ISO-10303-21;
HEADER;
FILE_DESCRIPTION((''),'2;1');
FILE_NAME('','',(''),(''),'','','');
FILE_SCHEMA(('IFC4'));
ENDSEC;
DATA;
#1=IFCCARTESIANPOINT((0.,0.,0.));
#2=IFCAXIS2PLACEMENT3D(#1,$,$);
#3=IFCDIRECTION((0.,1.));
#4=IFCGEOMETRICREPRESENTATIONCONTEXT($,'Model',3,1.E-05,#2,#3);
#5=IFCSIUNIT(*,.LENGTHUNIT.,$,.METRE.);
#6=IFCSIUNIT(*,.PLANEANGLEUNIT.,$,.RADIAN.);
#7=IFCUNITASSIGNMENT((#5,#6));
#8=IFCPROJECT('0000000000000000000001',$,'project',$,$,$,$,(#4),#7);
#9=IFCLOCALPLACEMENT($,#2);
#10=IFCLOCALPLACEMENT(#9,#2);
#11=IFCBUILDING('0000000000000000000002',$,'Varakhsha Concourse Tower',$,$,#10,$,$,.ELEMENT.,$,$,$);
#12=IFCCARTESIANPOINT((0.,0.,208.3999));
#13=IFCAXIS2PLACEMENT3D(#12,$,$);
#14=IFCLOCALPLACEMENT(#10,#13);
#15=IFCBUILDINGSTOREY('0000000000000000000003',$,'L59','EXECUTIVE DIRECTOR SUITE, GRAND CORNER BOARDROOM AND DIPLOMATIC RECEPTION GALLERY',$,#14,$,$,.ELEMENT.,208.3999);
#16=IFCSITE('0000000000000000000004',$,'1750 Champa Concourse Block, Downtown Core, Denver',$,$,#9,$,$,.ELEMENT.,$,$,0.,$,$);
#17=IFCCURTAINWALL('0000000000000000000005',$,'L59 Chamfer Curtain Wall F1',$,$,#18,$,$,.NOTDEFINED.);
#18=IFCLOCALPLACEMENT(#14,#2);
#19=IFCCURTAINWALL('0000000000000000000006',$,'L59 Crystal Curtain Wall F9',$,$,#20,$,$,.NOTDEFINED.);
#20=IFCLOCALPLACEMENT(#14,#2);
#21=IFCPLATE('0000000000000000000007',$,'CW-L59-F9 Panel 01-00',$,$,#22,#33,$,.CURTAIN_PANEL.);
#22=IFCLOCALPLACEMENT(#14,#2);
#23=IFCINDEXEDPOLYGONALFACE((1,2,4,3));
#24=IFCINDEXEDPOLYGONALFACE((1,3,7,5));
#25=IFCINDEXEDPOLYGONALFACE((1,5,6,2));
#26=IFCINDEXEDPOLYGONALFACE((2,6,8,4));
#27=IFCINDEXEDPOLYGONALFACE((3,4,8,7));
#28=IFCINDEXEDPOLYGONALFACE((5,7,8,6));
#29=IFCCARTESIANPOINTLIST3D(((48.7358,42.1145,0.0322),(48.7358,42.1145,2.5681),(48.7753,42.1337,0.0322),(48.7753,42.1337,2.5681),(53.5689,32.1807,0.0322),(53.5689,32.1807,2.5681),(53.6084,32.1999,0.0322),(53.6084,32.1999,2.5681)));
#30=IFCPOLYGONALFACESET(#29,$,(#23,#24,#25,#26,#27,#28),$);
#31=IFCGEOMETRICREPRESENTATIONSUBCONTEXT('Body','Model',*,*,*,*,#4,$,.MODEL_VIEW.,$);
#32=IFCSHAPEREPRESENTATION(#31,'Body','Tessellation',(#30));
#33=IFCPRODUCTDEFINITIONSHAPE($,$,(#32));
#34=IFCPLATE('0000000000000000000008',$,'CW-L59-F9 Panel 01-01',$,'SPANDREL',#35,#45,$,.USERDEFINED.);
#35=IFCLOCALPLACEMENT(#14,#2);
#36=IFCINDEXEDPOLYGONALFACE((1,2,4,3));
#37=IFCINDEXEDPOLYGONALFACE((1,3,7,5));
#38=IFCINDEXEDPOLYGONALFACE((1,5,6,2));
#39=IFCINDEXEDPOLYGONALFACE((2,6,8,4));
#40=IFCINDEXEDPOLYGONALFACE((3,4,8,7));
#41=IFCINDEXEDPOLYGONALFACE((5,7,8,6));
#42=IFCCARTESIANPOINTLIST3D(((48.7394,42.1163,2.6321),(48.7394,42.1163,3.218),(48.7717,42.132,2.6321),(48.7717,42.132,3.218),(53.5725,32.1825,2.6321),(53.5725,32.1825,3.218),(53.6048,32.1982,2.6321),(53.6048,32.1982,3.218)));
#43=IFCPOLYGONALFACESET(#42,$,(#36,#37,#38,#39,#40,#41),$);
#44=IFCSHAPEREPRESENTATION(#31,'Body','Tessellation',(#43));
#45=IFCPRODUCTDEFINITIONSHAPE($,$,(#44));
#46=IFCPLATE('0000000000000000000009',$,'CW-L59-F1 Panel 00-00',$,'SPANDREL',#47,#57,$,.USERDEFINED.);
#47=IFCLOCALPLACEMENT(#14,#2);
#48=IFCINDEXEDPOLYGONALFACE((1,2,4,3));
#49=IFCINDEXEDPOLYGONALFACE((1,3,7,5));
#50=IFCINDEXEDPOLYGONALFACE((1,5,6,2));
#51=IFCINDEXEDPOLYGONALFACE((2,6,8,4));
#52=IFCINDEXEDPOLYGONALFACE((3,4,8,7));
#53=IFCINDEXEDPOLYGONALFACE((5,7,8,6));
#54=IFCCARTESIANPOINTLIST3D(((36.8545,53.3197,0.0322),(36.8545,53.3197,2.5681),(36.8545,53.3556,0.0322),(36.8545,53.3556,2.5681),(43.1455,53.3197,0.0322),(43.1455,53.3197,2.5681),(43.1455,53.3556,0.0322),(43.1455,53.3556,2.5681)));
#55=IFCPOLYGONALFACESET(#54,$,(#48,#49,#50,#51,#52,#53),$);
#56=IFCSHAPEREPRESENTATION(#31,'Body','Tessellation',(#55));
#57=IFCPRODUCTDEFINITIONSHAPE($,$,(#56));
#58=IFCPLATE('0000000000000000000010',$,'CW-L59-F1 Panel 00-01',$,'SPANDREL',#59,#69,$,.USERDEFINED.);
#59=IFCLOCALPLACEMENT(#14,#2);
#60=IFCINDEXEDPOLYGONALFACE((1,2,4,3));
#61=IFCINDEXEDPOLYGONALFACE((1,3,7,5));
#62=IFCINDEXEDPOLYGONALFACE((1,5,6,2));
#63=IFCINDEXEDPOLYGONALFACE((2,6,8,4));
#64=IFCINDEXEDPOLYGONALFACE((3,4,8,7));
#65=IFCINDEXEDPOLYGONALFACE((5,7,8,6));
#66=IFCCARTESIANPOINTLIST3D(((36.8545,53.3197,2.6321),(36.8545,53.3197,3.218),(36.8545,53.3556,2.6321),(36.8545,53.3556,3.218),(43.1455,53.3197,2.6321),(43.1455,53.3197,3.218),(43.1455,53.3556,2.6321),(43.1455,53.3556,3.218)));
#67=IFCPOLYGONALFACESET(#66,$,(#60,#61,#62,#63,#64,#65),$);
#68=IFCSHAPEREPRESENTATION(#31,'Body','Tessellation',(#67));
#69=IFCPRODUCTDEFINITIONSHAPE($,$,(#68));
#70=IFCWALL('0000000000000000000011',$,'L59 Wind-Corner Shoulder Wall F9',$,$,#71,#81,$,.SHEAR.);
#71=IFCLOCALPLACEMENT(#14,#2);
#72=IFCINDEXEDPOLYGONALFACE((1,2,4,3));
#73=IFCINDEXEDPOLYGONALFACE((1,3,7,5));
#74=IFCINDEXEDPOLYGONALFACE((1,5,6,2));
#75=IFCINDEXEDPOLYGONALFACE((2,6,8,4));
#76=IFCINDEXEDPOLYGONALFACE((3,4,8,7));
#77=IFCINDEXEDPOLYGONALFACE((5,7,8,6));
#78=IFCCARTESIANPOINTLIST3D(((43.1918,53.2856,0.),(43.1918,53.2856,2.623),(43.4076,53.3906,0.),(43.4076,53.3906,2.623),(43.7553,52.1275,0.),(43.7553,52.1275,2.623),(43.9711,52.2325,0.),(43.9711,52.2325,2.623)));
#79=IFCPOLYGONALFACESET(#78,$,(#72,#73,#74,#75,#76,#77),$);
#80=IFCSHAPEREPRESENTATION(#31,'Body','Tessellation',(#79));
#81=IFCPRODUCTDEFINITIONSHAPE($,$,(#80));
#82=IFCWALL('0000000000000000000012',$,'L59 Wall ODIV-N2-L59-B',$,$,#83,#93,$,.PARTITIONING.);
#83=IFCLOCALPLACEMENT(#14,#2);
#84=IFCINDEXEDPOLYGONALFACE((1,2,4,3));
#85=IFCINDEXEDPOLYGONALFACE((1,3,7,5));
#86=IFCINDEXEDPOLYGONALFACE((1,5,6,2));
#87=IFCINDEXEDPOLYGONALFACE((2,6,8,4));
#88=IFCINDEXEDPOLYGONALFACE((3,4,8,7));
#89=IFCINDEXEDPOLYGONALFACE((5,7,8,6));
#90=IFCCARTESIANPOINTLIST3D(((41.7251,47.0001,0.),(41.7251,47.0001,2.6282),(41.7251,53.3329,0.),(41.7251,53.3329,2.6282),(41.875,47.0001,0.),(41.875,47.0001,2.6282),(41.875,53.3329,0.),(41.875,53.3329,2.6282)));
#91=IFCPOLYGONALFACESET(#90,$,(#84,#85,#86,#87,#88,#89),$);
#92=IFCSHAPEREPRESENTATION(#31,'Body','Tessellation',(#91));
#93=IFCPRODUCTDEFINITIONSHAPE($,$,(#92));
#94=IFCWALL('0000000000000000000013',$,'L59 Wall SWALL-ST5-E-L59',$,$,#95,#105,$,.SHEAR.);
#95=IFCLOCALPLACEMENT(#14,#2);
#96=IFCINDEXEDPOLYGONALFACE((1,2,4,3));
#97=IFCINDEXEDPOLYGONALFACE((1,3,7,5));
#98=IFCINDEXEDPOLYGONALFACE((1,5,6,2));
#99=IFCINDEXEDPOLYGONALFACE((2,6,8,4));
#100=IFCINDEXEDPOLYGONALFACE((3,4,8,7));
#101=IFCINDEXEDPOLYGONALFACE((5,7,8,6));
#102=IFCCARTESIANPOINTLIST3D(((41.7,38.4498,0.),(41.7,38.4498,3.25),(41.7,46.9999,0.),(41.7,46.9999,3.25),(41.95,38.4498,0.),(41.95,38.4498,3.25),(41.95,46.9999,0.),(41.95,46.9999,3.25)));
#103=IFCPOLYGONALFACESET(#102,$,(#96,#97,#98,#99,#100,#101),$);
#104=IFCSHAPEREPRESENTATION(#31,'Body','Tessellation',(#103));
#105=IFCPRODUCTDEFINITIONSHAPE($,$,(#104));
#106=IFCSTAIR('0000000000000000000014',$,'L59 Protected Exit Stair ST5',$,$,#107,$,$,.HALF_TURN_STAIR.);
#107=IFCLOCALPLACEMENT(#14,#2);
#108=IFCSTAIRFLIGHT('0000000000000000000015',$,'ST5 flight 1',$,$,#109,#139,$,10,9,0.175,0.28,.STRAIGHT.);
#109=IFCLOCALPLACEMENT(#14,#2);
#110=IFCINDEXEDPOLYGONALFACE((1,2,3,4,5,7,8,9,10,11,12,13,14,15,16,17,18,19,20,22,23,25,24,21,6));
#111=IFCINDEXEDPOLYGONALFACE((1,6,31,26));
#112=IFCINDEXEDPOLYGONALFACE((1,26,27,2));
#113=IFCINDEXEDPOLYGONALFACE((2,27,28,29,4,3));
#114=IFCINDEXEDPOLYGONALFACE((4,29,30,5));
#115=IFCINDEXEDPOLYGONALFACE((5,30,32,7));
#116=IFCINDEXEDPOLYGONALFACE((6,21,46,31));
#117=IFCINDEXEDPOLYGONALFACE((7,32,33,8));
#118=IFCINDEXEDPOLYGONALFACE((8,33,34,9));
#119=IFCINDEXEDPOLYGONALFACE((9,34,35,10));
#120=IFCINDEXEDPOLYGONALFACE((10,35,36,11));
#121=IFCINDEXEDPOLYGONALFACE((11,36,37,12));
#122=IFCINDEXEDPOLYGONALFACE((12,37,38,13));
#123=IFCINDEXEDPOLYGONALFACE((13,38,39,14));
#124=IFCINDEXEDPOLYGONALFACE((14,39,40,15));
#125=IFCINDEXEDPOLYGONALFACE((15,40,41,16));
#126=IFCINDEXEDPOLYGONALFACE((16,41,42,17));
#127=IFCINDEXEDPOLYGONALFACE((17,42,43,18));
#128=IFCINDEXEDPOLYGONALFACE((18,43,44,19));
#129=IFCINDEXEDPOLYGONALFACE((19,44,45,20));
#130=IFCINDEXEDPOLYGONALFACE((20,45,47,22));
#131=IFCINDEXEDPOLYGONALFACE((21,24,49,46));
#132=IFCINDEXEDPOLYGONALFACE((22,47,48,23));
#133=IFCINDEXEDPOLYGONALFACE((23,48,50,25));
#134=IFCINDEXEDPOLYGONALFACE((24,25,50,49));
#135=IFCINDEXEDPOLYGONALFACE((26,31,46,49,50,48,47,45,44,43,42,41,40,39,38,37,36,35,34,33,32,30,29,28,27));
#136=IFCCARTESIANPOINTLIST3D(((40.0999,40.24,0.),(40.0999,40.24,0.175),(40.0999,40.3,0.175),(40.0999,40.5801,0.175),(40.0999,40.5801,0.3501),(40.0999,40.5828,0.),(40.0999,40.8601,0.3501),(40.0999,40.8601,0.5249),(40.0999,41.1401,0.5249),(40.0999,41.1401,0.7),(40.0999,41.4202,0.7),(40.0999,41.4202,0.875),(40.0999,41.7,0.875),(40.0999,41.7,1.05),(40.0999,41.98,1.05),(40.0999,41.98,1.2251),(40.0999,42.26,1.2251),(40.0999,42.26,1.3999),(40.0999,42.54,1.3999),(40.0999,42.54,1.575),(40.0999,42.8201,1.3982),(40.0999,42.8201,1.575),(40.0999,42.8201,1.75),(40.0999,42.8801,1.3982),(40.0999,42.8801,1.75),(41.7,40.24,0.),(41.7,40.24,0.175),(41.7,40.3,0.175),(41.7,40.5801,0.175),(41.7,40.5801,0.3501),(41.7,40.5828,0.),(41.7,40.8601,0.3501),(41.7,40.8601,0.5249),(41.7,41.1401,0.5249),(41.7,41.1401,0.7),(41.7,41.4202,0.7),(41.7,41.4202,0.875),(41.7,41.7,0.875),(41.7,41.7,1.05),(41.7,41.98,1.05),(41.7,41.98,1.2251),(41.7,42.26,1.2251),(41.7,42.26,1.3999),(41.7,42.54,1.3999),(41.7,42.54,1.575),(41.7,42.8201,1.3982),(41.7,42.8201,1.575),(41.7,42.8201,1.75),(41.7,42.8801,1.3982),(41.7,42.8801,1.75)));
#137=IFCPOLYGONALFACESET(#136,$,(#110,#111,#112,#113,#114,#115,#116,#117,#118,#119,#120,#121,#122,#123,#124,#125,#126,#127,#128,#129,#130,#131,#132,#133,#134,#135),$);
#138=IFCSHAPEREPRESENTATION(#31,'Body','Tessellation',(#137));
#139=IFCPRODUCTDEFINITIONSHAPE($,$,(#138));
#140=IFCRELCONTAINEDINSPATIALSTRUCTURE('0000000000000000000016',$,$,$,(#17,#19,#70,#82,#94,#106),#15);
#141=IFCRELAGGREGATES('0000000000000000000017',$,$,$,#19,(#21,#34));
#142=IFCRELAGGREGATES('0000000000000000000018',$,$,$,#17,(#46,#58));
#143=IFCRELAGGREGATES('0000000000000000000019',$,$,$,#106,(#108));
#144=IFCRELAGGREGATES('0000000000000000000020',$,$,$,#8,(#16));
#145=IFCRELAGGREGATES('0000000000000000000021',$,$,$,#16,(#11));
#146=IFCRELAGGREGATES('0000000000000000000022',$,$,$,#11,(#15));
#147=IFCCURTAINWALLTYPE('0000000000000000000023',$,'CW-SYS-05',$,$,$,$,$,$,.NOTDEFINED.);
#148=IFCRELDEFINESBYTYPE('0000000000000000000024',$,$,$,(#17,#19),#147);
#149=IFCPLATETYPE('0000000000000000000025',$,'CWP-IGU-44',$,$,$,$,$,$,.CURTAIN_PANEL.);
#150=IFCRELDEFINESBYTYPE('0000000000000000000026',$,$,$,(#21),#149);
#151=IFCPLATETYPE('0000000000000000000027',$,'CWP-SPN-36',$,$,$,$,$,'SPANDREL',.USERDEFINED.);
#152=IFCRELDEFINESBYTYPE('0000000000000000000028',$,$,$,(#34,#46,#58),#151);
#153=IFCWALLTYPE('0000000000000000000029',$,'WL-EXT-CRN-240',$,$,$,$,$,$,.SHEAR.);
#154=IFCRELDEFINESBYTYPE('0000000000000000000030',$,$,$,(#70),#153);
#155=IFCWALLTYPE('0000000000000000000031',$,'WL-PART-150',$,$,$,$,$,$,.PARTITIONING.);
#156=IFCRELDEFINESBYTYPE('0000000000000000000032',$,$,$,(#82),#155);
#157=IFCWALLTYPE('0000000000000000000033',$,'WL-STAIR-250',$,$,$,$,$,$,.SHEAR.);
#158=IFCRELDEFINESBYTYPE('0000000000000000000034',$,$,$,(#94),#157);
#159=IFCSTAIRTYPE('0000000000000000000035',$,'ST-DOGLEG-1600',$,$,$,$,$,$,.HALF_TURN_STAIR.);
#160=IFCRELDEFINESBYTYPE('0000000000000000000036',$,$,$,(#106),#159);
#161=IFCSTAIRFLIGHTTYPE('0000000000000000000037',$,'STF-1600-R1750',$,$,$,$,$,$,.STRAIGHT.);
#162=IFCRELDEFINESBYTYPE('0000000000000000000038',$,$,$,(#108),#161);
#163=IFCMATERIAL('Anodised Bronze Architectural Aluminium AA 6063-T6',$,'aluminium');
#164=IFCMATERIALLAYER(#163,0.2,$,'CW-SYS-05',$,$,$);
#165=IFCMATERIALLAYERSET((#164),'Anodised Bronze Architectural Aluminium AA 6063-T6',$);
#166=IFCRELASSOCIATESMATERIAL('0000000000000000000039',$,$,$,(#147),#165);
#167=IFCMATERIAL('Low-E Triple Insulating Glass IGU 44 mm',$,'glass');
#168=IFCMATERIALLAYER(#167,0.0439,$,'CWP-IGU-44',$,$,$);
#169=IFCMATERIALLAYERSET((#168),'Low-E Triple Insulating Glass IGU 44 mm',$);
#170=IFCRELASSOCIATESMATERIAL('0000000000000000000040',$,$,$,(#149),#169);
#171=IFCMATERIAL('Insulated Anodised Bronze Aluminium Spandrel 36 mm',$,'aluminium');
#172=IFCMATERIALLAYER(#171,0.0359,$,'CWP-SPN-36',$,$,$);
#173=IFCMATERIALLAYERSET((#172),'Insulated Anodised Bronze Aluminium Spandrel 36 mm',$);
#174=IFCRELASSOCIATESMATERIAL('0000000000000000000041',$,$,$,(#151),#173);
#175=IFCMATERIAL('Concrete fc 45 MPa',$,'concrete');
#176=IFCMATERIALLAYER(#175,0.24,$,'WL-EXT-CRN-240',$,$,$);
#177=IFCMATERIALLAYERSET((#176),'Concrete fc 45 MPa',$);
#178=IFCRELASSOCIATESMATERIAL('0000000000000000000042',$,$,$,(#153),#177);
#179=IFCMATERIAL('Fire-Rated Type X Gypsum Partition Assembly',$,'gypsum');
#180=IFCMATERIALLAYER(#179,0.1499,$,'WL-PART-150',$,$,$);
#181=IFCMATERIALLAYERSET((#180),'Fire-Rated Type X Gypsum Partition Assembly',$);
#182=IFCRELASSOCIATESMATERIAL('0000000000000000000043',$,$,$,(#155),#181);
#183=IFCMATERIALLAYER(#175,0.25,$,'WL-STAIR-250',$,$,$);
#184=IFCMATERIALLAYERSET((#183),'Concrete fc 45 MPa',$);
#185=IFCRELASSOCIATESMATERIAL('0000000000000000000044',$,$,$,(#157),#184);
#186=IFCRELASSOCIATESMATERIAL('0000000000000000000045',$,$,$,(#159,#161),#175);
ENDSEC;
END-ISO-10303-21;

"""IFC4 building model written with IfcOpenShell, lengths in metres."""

from ifc_helpers import new_model, si_unit, direction, frame, frame_2d, origin, origin_2d, place, context, subcontext, project, spatial, polyline, rectangle, outline, extrude, source, transform, mapped, material, layer, layer_set, type_object, element, aggregate, save


model = new_model("IFC4")

# Units and contexts
model_context = context("Model", 3, precision=1e-05, world=origin(), true_north=direction((0.0, 1.0)))
body_context = subcontext(model_context, "Body", "Model", "MODEL_VIEW")
ifc_project = project(units=[si_unit("LENGTHUNIT", "METRE"), si_unit("PLANEANGLEUNIT", "RADIAN")], contexts=[model_context])

# Site, building, storey
site_placement = place(None, origin())
site = spatial("IfcSite", under=ifc_project, at=site_placement, Name="1750 Champa Concourse Block, Downtown Core, Denver", CompositionType="ELEMENT", RefElevation=0.0)
building_placement = place(site_placement, origin())
building = spatial("IfcBuilding", under=site, at=building_placement, Name="Varakhsha Concourse Tower", CompositionType="ELEMENT")
storey_placement = place(building_placement, frame((0.0, 0.0, 208.3999)))
storey = spatial("IfcBuildingStorey", under=building, at=storey_placement, Name="L59", Description="EXECUTIVE DIRECTOR SUITE, GRAND CORNER BOARDROOM AND DIPLOMATIC RECEPTION GALLERY", CompositionType="ELEMENT", Elevation=208.3999)

# Curtain wall
ifc_material_1 = material(Name="Anodised Bronze Architectural Aluminium AA 6063-T6", Category="aluminium")
ifc_layer_1 = layer(ifc_material_1, 0.2, Name="CW-SYS-05")
ifc_layer_set_1 = layer_set([ifc_layer_1], Name="Anodised Bronze Architectural Aluminium AA 6063-T6")
curtain_wall_type = type_object("IfcCurtainWallType", Name="CW-SYS-05", PredefinedType="NOTDEFINED", material=ifc_layer_set_1)
curtain_wall_1_placement = place(storey_placement, origin())
curtain_wall_1 = element("IfcCurtainWall", 1, at=curtain_wall_1_placement, inside=storey, type_object=curtain_wall_type, Name="L59 Chamfer Curtain Wall F1", PredefinedType="NOTDEFINED")

# Curtain wall
curtain_wall_2_placement = place(storey_placement, origin())
curtain_wall_2 = element("IfcCurtainWall", 2, at=curtain_wall_2_placement, inside=storey, type_object=curtain_wall_type, Name="L59 Crystal Curtain Wall F9", PredefinedType="NOTDEFINED")

# Plates
ifc_material_2 = material(Name="Low-E Triple Insulating Glass IGU 44 mm", Category="glass")
ifc_layer_2 = layer(ifc_material_2, 0.0439, Name="CWP-IGU-44")
ifc_layer_set_2 = layer_set([ifc_layer_2], Name="Low-E Triple Insulating Glass IGU 44 mm")
plate_type_1 = type_object("IfcPlateType", Name="CWP-IGU-44", PredefinedType="CURTAIN_PANEL", material=ifc_layer_set_2)
ifc_material_3 = material(Name="Insulated Anodised Bronze Aluminium Spandrel 36 mm", Category="aluminium")
ifc_layer_3 = layer(ifc_material_3, 0.0359, Name="CWP-SPN-36")
ifc_layer_set_3 = layer_set([ifc_layer_3], Name="Insulated Anodised Bronze Aluminium Spandrel 36 mm")
plate_type_2 = type_object("IfcPlateType", Name="CWP-SPN-36", ElementType="SPANDREL", PredefinedType="USERDEFINED", material=ifc_layer_set_3)
shared_shape_1 = source(origin(), body_context, "Body", "SweptSolid", [
    extrude(rectangle(XDim=11.0471, YDim=0.0439, at=origin_2d()), origin(), (0.0, 0.0, 1.0), 2.5359),
])
plate_1_placement = place(storey_placement, frame((51.1721, 37.1572, 0.0322), z_axis=(0.0, 0.0, 1.0), x_axis=(0.437497, -0.89922, 0.0)))
plate_1 = element("IfcPlate", 3, at=plate_1_placement, type_object=plate_type_1, Name="CW-L59-F9 Panel 01-00", PredefinedType="CURTAIN_PANEL", context=body_context, shape_type="MappedRepresentation", body=[
    mapped(shared_shape_1, transform((0.0, 0.0, 0.0), scale=1.0)),
])
shared_shape_2 = source(origin(), body_context, "Body", "SweptSolid", [
    extrude(rectangle(XDim=11.0471, YDim=0.0359, at=origin_2d()), origin(), (0.0, 0.0, 1.0), 0.5859),
])
plate_2_placement = place(storey_placement, frame((51.1721, 37.1572, 2.6321), z_axis=(0.0, 0.0, 1.0), x_axis=(0.437497, -0.89922, 0.0)))
plate_2 = element("IfcPlate", 4, at=plate_2_placement, type_object=plate_type_2, Name="CW-L59-F9 Panel 01-01", ObjectType="SPANDREL", PredefinedType="USERDEFINED", context=body_context, shape_type="MappedRepresentation", body=[
    mapped(shared_shape_2, transform((0.0, 0.0, 0.0), scale=1.0)),
])
aggregate(curtain_wall_2, [plate_1, plate_2])
shared_shape_3 = source(origin(), body_context, "Body", "SweptSolid", [
    extrude(rectangle(XDim=6.291, YDim=0.0359, at=origin_2d()), origin(), (0.0, 0.0, 1.0), 2.5359),
])
plate_3_placement = place(storey_placement, frame((40.0, 53.3376, 0.0322), z_axis=(0.0, 0.0, 1.0), x_axis=(1.0, 0.0, 0.0)))
plate_3 = element("IfcPlate", 5, at=plate_3_placement, type_object=plate_type_2, Name="CW-L59-F1 Panel 00-00", ObjectType="SPANDREL", PredefinedType="USERDEFINED", context=body_context, shape_type="MappedRepresentation", body=[
    mapped(shared_shape_3, transform((0.0, 0.0, 0.0), scale=1.0)),
])
shared_shape_4 = source(origin(), body_context, "Body", "SweptSolid", [
    extrude(rectangle(XDim=6.291, YDim=0.0359, at=origin_2d()), origin(), (0.0, 0.0, 1.0), 0.5859),
])
plate_4_placement = place(storey_placement, frame((40.0, 53.3376, 2.6321), z_axis=(0.0, 0.0, 1.0), x_axis=(1.0, 0.0, 0.0)))
plate_4 = element("IfcPlate", 6, at=plate_4_placement, type_object=plate_type_2, Name="CW-L59-F1 Panel 00-01", ObjectType="SPANDREL", PredefinedType="USERDEFINED", context=body_context, shape_type="MappedRepresentation", body=[
    mapped(shared_shape_4, transform((0.0, 0.0, 0.0), scale=1.0)),
])
aggregate(curtain_wall_1, [plate_3, plate_4])

# Walls
ifc_material_4 = material(Name="Concrete fc 45 MPa", Category="concrete")
ifc_layer_4 = layer(ifc_material_4, 0.24, Name="WL-EXT-CRN-240")
ifc_layer_set_4 = layer_set([ifc_layer_4], Name="Concrete fc 45 MPa")
wall_type_1 = type_object("IfcWallType", Name="WL-EXT-CRN-240", PredefinedType="SHEAR", material=ifc_layer_set_4)
wall_1_placement = place(storey_placement, frame((43.8633, 52.1799, 0.0), z_axis=(0.0, 0.0, 1.0), x_axis=(-0.437557, 0.899191, 0.0)))
element("IfcWall", 7, at=wall_1_placement, inside=storey, type_object=wall_type_1, Name="L59 Wind-Corner Shoulder Wall F9", PredefinedType="SHEAR", context=body_context, shape_type="SweptSolid", body=[
    extrude(rectangle(XDim=1.2878, YDim=0.24, at=frame_2d((0.644, 0.0))), origin(), (0.0, 0.0, 1.0), 2.623),
])
ifc_material_5 = material(Name="Fire-Rated Type X Gypsum Partition Assembly", Category="gypsum")
ifc_layer_5 = layer(ifc_material_5, 0.1499, Name="WL-PART-150")
ifc_layer_set_5 = layer_set([ifc_layer_5], Name="Fire-Rated Type X Gypsum Partition Assembly")
wall_type_2 = type_object("IfcWallType", Name="WL-PART-150", PredefinedType="PARTITIONING", material=ifc_layer_set_5)
wall_2_placement = place(storey_placement, frame((41.8, 47.0, 0.0), z_axis=(0.0, 0.0, 1.0), x_axis=(0.0, 1.0, 0.0)))
element("IfcWall", 8, at=wall_2_placement, inside=storey, type_object=wall_type_2, Name="L59 Wall ODIV-N2-L59-B", PredefinedType="PARTITIONING", context=body_context, shape_type="SweptSolid", body=[
    extrude(rectangle(XDim=6.3328, YDim=0.1499, at=frame_2d((3.1665, 0.0))), origin(), (0.0, 0.0, 1.0), 2.6282),
])
ifc_layer_6 = layer(ifc_material_4, 0.25, Name="WL-STAIR-250")
ifc_layer_set_6 = layer_set([ifc_layer_6], Name="Concrete fc 45 MPa")
wall_type_3 = type_object("IfcWallType", Name="WL-STAIR-250", PredefinedType="SHEAR", material=ifc_layer_set_6)
wall_3_placement = place(storey_placement, frame((41.825, 38.45, 0.0), z_axis=(0.0, 0.0, 1.0), x_axis=(0.0, 1.0, 0.0)))
element("IfcWall", 9, at=wall_3_placement, inside=storey, type_object=wall_type_3, Name="L59 Wall SWALL-ST5-E-L59", PredefinedType="SHEAR", context=body_context, shape_type="SweptSolid", body=[
    extrude(rectangle(XDim=8.55, YDim=0.25, at=frame_2d((4.2749, 0.0))), origin(), (0.0, 0.0, 1.0), 3.25),
])

# Stair, stair flight
stair_type = type_object("IfcStairType", Name="ST-DOGLEG-1600", PredefinedType="HALF_TURN_STAIR", material=ifc_material_4)
stair_placement = place(storey_placement, origin())
stair = element("IfcStair", 10, at=stair_placement, inside=storey, type_object=stair_type, Name="L59 Protected Exit Stair ST5", PredefinedType="HALF_TURN_STAIR")
stair_flight_type = type_object("IfcStairFlightType", Name="STF-1600-R1750", PredefinedType="STRAIGHT", material=ifc_material_4)
stair_flight_placement = place(storey_placement, frame((40.8999, 40.3, 0.0), z_axis=(0.0, 0.0, 1.0), x_axis=(0.0, 1.0, 0.0)))
stair_flight = element("IfcStairFlight", 11, at=stair_flight_placement, type_object=stair_flight_type, Name="ST5 flight 1", NumberOfRisers=10, NumberOfTreads=9, PredefinedType="STRAIGHT", RiserHeight=0.175, TreadLength=0.28, context=body_context, shape_type="SweptSolid", body=[
    extrude(outline(polyline([(-0.0601, 0.0), (-0.0601, 0.175), (0.0, 0.175), (0.28, 0.175), (0.28, 0.3501), (0.5601, 0.3501), (0.5601, 0.5249), (0.8401, 0.5249), (0.8401, 0.7), (1.1201, 0.7), (1.1201, 0.875), (1.3999, 0.875), (1.3999, 1.05), (1.6799, 1.05), (1.6799, 1.2251), (1.96, 1.2251), (1.96, 1.3999), (2.24, 1.3999), (2.24, 1.575), (2.52, 1.575), (2.52, 1.75), (2.5801, 1.75), (2.5801, 1.3982), (2.52, 1.3982), (0.2827, 0.0), (-0.0601, 0.0)])), frame((0.0, 0.8, 0.0), z_axis=(0.0, -1.0, 0.0), x_axis=(1.0, 0.0, 0.0)), (0.0, 0.0, 1.0), 1.6001),
])
aggregate(stair, [stair_flight])

save(model, "model.ifc")
